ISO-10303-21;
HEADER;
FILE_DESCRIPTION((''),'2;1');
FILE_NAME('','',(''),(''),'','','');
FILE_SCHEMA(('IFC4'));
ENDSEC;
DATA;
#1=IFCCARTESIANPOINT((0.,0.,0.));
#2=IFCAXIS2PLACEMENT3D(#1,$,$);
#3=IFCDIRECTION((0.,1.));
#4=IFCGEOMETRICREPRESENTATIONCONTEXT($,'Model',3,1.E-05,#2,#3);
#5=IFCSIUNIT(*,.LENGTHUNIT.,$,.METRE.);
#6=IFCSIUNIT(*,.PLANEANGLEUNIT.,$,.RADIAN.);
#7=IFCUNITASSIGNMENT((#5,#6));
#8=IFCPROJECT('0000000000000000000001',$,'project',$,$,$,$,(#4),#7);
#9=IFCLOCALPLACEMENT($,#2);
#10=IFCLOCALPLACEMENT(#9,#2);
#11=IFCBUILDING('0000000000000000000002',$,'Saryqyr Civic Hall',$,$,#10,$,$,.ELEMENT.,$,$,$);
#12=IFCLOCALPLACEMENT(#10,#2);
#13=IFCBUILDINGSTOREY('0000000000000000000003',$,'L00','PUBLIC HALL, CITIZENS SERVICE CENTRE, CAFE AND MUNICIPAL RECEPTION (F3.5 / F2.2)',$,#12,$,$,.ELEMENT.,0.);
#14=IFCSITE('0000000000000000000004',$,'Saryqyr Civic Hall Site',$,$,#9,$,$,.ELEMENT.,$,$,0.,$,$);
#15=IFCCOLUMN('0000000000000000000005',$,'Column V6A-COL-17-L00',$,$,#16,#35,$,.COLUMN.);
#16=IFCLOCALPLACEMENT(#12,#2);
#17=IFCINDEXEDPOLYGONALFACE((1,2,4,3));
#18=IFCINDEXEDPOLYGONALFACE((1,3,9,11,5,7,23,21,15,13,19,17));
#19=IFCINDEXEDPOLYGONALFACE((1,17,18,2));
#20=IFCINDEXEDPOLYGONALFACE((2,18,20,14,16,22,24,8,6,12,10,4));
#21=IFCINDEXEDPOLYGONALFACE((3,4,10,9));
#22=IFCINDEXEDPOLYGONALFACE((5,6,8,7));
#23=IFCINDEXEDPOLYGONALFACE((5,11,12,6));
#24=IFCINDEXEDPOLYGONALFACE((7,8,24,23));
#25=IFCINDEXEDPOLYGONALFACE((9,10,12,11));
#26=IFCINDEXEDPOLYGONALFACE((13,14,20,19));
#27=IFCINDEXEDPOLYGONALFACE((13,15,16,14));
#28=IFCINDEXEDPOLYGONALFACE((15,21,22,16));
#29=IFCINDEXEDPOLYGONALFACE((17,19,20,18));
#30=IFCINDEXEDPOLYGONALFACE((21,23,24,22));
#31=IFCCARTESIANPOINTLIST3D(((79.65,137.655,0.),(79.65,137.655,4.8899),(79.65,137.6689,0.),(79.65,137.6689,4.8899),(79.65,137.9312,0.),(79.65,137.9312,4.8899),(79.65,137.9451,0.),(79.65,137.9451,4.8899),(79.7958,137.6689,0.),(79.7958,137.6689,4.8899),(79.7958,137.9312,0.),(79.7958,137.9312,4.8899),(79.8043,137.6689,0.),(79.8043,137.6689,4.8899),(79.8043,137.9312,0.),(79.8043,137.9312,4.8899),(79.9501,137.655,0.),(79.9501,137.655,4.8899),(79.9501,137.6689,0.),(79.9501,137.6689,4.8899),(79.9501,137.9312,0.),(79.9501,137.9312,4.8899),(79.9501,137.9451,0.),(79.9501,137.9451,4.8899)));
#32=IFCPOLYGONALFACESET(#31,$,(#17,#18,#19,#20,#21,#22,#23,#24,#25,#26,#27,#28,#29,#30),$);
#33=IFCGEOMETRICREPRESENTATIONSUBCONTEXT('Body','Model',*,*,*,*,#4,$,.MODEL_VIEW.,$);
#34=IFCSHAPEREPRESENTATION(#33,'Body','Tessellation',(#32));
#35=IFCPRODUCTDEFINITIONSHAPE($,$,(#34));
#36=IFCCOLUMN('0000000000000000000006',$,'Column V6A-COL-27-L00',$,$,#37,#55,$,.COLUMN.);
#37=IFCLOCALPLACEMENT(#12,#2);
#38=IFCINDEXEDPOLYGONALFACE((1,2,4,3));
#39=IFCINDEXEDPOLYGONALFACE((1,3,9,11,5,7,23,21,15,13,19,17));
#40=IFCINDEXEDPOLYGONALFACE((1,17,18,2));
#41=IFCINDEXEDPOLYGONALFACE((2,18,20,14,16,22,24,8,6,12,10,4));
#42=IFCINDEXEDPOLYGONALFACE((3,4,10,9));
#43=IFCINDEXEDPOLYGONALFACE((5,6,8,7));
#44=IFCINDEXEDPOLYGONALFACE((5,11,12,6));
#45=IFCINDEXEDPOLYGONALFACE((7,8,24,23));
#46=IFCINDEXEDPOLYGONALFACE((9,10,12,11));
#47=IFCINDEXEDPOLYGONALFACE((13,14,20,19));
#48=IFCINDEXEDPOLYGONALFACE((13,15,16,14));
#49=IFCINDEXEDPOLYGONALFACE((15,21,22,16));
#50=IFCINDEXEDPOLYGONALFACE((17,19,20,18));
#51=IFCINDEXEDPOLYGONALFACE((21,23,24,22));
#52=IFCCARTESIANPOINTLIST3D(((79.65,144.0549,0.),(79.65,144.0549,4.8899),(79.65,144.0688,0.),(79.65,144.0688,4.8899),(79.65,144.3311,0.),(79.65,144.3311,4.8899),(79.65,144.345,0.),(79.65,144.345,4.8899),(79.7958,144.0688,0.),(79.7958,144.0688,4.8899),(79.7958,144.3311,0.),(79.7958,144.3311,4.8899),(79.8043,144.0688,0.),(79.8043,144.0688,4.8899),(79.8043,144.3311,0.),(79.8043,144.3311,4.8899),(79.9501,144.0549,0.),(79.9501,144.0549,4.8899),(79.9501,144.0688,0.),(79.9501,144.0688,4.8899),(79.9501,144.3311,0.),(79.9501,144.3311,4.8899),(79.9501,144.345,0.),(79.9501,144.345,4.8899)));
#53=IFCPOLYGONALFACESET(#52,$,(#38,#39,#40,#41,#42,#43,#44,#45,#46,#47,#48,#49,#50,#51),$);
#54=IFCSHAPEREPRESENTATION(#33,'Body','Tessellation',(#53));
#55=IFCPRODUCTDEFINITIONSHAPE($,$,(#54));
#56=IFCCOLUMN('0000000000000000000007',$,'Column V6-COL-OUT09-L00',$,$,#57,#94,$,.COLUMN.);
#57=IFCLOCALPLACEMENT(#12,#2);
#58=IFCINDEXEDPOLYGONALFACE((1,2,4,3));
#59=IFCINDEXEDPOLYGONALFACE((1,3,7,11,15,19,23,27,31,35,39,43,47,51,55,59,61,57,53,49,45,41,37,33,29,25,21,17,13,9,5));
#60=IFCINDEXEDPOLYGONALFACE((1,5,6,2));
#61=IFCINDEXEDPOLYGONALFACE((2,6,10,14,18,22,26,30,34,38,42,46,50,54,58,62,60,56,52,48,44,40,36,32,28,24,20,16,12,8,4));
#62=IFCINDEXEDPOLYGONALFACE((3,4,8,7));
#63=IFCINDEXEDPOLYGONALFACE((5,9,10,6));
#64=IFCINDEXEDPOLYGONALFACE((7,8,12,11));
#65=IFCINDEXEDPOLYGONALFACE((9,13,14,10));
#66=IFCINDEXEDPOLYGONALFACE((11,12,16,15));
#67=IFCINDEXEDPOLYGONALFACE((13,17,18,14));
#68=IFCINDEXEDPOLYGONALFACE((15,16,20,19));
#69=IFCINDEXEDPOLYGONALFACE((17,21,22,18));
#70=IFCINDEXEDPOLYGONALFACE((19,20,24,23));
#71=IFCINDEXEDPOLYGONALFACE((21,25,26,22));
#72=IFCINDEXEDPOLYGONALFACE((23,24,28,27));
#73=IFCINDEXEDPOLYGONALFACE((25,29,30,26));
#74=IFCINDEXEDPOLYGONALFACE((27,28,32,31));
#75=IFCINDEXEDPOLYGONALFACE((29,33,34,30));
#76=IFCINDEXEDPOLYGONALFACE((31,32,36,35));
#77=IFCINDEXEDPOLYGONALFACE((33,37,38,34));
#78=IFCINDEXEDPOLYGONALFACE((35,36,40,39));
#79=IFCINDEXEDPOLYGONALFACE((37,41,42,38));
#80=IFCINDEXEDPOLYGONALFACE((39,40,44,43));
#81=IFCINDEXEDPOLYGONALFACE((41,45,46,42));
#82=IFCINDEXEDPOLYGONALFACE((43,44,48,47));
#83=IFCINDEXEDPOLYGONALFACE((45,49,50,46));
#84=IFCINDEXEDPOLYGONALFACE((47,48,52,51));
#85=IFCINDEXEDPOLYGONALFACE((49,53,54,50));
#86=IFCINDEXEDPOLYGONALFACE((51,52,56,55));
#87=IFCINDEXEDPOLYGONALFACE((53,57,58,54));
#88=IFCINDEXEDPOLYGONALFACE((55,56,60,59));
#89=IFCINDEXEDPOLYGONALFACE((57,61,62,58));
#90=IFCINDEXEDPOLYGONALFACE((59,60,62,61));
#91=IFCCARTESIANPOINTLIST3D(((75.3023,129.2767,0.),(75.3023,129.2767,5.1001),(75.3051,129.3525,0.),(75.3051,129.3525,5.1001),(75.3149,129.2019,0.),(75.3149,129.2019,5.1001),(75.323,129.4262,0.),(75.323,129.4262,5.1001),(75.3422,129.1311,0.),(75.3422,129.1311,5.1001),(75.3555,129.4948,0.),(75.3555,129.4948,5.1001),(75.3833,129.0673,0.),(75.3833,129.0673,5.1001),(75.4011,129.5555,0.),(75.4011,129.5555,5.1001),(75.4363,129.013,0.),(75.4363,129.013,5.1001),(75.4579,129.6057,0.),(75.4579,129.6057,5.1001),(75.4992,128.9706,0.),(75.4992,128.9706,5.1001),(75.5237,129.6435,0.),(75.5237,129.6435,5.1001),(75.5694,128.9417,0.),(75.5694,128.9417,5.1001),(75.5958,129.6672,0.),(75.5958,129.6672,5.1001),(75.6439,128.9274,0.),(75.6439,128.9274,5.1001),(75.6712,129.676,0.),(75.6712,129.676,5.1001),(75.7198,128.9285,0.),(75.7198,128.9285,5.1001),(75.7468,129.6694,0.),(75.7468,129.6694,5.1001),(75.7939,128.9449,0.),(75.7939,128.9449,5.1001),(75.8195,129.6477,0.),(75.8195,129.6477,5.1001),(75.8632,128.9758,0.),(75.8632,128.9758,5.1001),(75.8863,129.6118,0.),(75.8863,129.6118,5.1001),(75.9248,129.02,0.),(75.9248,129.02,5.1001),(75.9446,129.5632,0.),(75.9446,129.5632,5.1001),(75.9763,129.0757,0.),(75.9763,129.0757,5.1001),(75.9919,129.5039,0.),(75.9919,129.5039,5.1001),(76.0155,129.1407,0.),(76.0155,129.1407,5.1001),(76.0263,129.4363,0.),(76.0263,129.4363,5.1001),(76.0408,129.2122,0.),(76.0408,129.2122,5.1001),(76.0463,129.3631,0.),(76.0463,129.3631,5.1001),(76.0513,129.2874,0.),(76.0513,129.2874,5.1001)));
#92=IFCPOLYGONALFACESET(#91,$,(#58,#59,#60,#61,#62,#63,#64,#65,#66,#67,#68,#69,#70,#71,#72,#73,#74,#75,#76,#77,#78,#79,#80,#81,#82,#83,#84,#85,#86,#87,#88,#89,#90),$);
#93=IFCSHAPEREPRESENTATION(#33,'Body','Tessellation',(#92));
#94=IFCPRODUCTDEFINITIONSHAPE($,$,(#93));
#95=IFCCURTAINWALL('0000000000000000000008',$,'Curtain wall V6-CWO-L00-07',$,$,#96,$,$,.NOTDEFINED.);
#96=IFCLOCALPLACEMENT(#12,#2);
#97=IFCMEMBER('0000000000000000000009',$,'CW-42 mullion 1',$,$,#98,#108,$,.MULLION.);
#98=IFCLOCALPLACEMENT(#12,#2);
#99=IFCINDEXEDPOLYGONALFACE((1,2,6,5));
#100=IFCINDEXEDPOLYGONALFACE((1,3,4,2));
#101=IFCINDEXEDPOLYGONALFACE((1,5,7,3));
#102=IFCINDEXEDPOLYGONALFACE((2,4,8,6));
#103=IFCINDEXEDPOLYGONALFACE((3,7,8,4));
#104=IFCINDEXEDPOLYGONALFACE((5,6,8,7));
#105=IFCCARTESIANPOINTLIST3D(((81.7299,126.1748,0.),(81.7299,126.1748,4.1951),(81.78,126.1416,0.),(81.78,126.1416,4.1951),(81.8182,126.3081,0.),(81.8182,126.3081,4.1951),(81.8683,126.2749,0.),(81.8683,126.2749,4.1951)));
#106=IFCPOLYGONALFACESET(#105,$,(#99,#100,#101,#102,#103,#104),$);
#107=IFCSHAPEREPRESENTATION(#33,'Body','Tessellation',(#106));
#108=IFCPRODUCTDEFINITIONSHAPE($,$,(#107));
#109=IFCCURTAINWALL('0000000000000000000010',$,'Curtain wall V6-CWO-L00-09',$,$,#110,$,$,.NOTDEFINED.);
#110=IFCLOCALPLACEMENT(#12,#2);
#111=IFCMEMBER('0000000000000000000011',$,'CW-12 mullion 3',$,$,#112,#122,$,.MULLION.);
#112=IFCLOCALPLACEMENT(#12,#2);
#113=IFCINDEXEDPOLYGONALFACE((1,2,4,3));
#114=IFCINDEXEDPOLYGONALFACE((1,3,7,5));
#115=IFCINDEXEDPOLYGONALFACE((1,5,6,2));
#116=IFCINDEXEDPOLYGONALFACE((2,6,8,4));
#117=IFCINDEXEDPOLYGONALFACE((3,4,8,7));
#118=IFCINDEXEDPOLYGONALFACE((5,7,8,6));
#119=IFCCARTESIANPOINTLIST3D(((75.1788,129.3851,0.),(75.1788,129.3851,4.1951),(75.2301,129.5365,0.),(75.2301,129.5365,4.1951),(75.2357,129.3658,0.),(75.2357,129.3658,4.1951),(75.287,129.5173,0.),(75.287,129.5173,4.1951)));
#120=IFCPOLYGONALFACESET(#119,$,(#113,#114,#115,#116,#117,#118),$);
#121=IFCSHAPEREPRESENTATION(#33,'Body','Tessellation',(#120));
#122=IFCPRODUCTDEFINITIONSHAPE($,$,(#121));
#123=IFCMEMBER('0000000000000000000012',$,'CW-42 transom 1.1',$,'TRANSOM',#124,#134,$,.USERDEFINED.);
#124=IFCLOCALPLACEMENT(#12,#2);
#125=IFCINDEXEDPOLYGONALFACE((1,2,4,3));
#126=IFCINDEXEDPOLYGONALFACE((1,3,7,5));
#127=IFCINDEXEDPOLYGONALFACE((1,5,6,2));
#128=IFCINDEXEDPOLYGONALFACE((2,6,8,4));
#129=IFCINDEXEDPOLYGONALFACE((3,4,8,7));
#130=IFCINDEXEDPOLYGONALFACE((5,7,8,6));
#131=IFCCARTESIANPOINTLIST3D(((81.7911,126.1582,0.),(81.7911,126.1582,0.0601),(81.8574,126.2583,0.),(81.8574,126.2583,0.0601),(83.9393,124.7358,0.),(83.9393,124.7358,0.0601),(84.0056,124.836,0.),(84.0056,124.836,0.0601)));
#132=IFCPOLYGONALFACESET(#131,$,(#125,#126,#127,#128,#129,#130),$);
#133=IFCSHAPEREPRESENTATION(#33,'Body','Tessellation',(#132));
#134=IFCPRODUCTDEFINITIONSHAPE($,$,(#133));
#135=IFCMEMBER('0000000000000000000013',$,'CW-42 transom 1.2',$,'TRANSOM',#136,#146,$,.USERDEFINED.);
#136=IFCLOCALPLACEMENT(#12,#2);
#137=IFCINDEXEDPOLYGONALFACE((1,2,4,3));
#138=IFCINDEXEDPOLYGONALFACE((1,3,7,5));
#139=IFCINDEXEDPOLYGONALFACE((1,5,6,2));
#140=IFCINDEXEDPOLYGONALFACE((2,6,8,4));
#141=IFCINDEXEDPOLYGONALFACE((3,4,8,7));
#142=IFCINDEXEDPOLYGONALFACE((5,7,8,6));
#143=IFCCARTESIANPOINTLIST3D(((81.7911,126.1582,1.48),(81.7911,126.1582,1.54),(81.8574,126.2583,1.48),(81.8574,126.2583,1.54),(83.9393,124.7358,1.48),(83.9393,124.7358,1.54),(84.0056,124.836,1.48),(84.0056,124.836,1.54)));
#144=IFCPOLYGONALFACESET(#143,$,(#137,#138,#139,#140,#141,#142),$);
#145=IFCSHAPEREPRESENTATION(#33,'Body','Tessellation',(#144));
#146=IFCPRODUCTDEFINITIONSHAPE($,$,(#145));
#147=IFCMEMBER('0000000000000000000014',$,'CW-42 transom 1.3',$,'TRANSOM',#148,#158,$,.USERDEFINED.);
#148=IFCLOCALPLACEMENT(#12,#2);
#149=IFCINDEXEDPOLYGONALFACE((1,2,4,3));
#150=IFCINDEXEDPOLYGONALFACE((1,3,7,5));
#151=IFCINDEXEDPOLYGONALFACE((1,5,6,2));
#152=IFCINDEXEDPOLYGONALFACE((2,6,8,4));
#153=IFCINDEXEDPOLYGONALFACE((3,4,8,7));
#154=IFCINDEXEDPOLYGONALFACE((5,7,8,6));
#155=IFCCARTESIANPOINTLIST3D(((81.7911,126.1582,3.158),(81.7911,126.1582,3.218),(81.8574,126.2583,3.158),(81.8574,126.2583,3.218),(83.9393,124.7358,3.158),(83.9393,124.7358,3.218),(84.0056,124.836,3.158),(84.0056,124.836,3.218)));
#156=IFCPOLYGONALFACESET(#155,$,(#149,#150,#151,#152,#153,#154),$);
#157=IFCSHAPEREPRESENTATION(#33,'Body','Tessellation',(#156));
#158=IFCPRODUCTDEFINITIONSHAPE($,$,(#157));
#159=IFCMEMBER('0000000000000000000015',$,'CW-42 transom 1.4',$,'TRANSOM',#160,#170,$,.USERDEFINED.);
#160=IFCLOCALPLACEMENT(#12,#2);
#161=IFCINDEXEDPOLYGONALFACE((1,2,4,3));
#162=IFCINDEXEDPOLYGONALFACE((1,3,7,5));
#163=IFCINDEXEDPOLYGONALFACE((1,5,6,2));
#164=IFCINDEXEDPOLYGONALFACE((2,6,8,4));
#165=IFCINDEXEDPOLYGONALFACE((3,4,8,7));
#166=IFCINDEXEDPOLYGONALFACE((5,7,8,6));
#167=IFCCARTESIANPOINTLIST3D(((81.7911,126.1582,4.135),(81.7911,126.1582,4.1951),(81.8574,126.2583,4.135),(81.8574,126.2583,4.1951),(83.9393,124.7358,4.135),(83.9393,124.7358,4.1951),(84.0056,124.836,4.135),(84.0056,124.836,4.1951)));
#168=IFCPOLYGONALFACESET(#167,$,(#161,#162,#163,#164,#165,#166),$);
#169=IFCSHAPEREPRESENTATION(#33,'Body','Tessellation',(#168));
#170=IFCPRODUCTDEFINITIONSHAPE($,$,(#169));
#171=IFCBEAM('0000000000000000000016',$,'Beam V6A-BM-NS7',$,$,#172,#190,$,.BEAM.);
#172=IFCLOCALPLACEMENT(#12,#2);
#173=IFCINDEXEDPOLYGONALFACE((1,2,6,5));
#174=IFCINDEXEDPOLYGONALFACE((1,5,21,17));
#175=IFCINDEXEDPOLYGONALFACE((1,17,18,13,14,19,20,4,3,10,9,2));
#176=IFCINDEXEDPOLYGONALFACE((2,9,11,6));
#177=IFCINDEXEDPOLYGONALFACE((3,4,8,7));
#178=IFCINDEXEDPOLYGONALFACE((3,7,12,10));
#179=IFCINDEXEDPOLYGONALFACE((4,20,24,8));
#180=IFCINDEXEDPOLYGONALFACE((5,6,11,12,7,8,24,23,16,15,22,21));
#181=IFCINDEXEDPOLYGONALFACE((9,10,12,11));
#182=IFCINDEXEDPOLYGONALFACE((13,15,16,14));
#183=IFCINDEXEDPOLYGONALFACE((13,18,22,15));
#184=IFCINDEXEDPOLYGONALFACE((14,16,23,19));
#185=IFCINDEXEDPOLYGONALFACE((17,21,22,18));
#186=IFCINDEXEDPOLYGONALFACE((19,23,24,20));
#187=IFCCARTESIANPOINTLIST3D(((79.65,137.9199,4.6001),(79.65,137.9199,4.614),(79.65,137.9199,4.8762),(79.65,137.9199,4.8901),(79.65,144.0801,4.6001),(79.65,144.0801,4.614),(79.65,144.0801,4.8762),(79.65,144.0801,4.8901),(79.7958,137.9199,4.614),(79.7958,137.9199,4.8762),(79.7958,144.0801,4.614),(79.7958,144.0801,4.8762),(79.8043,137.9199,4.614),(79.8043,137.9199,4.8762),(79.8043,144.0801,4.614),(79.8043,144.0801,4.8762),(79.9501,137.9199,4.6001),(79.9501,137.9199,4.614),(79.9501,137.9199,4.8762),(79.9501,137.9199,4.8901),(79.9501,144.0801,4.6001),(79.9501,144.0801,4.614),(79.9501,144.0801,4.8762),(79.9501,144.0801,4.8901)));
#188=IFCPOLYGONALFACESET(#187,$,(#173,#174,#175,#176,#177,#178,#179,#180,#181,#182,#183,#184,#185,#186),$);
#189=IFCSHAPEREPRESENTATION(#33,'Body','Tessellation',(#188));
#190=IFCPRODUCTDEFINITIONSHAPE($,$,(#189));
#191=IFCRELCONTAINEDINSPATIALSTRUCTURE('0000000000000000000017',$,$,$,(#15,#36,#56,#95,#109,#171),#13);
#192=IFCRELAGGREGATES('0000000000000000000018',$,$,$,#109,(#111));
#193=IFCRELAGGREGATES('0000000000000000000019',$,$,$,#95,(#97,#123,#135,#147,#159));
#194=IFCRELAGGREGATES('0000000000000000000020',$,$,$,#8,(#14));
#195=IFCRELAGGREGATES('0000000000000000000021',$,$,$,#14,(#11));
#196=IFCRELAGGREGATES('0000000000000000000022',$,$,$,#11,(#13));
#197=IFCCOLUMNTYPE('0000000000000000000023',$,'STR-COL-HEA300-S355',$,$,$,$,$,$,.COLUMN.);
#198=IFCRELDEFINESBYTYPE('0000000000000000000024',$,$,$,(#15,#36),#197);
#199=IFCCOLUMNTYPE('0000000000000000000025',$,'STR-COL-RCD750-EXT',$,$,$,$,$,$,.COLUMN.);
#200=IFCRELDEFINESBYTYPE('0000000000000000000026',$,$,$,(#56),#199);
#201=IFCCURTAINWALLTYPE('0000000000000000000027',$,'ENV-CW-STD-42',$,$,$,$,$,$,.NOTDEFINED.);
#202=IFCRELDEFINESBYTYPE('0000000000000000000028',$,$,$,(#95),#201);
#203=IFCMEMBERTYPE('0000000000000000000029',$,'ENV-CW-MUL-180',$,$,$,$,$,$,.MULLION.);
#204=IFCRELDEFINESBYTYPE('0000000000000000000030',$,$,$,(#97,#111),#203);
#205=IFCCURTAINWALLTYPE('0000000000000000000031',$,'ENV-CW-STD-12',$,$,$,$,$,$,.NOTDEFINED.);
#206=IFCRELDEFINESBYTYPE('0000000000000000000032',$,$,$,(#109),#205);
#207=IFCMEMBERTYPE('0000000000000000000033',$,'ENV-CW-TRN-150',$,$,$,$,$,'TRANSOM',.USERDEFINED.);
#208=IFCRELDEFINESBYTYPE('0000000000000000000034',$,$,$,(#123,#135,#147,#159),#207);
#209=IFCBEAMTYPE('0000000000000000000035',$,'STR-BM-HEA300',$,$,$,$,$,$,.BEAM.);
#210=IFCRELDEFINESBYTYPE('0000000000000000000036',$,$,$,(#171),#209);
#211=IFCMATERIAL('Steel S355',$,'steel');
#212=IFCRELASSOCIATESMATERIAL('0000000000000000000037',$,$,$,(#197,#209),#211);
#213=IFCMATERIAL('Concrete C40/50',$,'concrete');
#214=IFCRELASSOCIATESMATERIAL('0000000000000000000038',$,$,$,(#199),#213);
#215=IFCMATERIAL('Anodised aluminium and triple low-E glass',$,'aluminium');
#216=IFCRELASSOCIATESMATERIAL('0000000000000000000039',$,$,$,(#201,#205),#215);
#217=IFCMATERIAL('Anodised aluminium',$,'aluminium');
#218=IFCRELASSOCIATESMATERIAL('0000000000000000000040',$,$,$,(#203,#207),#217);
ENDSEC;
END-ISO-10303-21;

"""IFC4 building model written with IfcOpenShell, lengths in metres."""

from ifc_helpers import new_model, si_unit, direction, frame, origin, origin_2d, place, context, subcontext, project, spatial, rectangle, circle, i_section, extrude, material, material_profile, profile_set, type_object, element, aggregate, save


model = new_model("IFC4")

# Units and contexts
model_context = context("Model", 3, precision=1e-05, world=origin(), true_north=direction((0.0, 1.0)))
body_context = subcontext(model_context, "Body", "Model", "MODEL_VIEW")
ifc_project = project(units=[si_unit("LENGTHUNIT", "METRE"), si_unit("PLANEANGLEUNIT", "RADIAN")], contexts=[model_context])

# Site, building, storey
site_placement = place(None, origin())
site = spatial("IfcSite", under=ifc_project, at=site_placement, Name="Saryqyr Civic Hall Site", CompositionType="ELEMENT", RefElevation=0.0)
building_placement = place(site_placement, origin())
building = spatial("IfcBuilding", under=site, at=building_placement, Name="Saryqyr Civic Hall", CompositionType="ELEMENT")
storey_placement = place(building_placement, origin())
storey = spatial("IfcBuildingStorey", under=building, at=storey_placement, Name="L00", Description="PUBLIC HALL, CITIZENS SERVICE CENTRE, CAFE AND MUNICIPAL RECEPTION (F3.5 / F2.2)", CompositionType="ELEMENT", Elevation=0.0)

# Columns
ifc_material_1 = material(Name="Steel S355", Category="steel")
ifc_material_profile_1 = material_profile(ifc_material_1, i_section(OverallWidth=0.3, OverallDepth=0.29, WebThickness=0.0085, FlangeThickness=0.0139, at=origin_2d()), Name="HEA 300")
ifc_profile_set_1 = profile_set([ifc_material_profile_1], Name="Steel S355")
column_type_1 = type_object("IfcColumnType", Name="STR-COL-HEA300-S355", PredefinedType="COLUMN", material=ifc_profile_set_1)
for number, where, z_axis, x_axis, name in (
    (1, (79.8, 137.8, 0.0), (0.0, 0.0, 1.0), (1.0, 0.0, 0.0), "Column V6A-COL-17-L00"),
    (2, (79.8, 144.2, 0.0), (0.0, 0.0, 1.0), (1.0, 0.0, 0.0), "Column V6A-COL-27-L00"),
):
    element("IfcColumn", number, at=place(storey_placement, frame(where, z_axis=z_axis, x_axis=x_axis)), inside=storey, type_object=column_type_1, Name=name, PredefinedType="COLUMN", context=body_context, shape_type="SweptSolid", body=[
        extrude(i_section(OverallWidth=0.3, OverallDepth=0.29, WebThickness=0.0085, FlangeThickness=0.0139, at=origin_2d()), origin(), (0.0, 0.0, 1.0), 4.8899),
    ])
ifc_material_2 = material(Name="Concrete C40/50", Category="concrete")
ifc_material_profile_2 = material_profile(ifc_material_2, circle(Radius=0.375, at=origin_2d()), Name="RC D750")
ifc_profile_set_2 = profile_set([ifc_material_profile_2], Name="Concrete C40/50")
column_type_2 = type_object("IfcColumnType", Name="STR-COL-RCD750-EXT", PredefinedType="COLUMN", material=ifc_profile_set_2)
for number, where, z_axis, x_axis, name in (
    (3, (75.6765, 129.301, 0.0), (0.0, 0.0, 1.0), (0.381232, 0.92448, 0.0), "Column V6-COL-OUT09-L00"),
):
    element("IfcColumn", number, at=place(storey_placement, frame(where, z_axis=z_axis, x_axis=x_axis)), inside=storey, type_object=column_type_2, Name=name, PredefinedType="COLUMN", context=body_context, shape_type="SweptSolid", body=[
        extrude(circle(Radius=0.375, at=origin_2d()), origin(), (0.0, 0.0, 1.0), 5.1001),
    ])

# Curtain walls, members
ifc_material_3 = material(Name="Anodised aluminium and triple low-E glass", Category="aluminium")
curtain_wall_type_1 = type_object("IfcCurtainWallType", Name="ENV-CW-STD-42", PredefinedType="NOTDEFINED", material=ifc_material_3)
curtain_wall_1_placement = place(storey_placement, origin())
curtain_wall_1 = element("IfcCurtainWall", 4, at=curtain_wall_1_placement, inside=storey, type_object=curtain_wall_type_1, Name="Curtain wall V6-CWO-L00-07", PredefinedType="NOTDEFINED")
ifc_material_4 = material(Name="Anodised aluminium", Category="aluminium")
ifc_material_profile_3 = material_profile(ifc_material_4, rectangle(XDim=0.0601, YDim=0.1599, at=origin_2d()), Name="ALU MULLION 60x160")
ifc_profile_set_3 = profile_set([ifc_material_profile_3], Name="Anodised aluminium")
member_type_1 = type_object("IfcMemberType", Name="ENV-CW-MUL-180", PredefinedType="MULLION", material=ifc_profile_set_3)
member_1_placement = place(storey_placement, frame((81.7991, 126.2249, 0.0), z_axis=(0.0, 0.0, 1.0), x_axis=(0.833763, -0.552123, 0.0)))
member_1 = element("IfcMember", 5, at=member_1_placement, type_object=member_type_1, Name="CW-42 mullion 1", PredefinedType="MULLION", context=body_context, shape_type="SweptSolid", body=[
    extrude(rectangle(XDim=0.0601, YDim=0.1599, at=origin_2d()), origin(), (0.0, 0.0, 1.0), 4.1951),
])
curtain_wall_type_2 = type_object("IfcCurtainWallType", Name="ENV-CW-STD-12", PredefinedType="NOTDEFINED", material=ifc_material_3)
curtain_wall_2_placement = place(storey_placement, origin())
curtain_wall_2 = element("IfcCurtainWall", 6, at=curtain_wall_2_placement, inside=storey, type_object=curtain_wall_type_2, Name="Curtain wall V6-CWO-L00-09", PredefinedType="NOTDEFINED")
member_2_placement = place(storey_placement, frame((75.2329, 129.4512, 0.0), z_axis=(0.0, 0.0, 1.0), x_axis=(0.947191, -0.32067, 0.0)))
member_2 = element("IfcMember", 7, at=member_2_placement, type_object=member_type_1, Name="CW-12 mullion 3", PredefinedType="MULLION", context=body_context, shape_type="SweptSolid", body=[
    extrude(rectangle(XDim=0.0601, YDim=0.1599, at=origin_2d()), origin(), (0.0, 0.0, 1.0), 4.1951),
])
aggregate(curtain_wall_2, [member_2])

# Members
ifc_material_profile_4 = material_profile(ifc_material_4, rectangle(XDim=0.1201, YDim=0.0601, at=origin_2d()), Name="ALU TRANSOM 120x60")
ifc_profile_set_4 = profile_set([ifc_material_profile_4], Name="Anodised aluminium")
member_type_2 = type_object("IfcMemberType", Name="ENV-CW-TRN-150", ElementType="TRANSOM", PredefinedType="USERDEFINED", material=ifc_profile_set_4)
member_3_placement = place(storey_placement, frame((81.8242, 126.2083, 0.03), z_axis=(0.833796, -0.552073, 0.0), x_axis=(0.552073, 0.833796, 0.0)))
member_3 = element("IfcMember", 8, at=member_3_placement, type_object=member_type_2, Name="CW-42 transom 1.1", ObjectType="TRANSOM", PredefinedType="USERDEFINED", context=body_context, shape_type="SweptSolid", body=[
    extrude(rectangle(XDim=0.1201, YDim=0.0601, at=origin_2d()), origin(), (0.0, 0.0, 1.0), 2.5764),
])
member_4_placement = place(storey_placement, frame((81.8242, 126.2083, 1.51), z_axis=(0.833796, -0.552073, 0.0), x_axis=(0.552073, 0.833796, 0.0)))
member_4 = element("IfcMember", 9, at=member_4_placement, type_object=member_type_2, Name="CW-42 transom 1.2", ObjectType="TRANSOM", PredefinedType="USERDEFINED", context=body_context, shape_type="SweptSolid", body=[
    extrude(rectangle(XDim=0.1201, YDim=0.0601, at=origin_2d()), origin(), (0.0, 0.0, 1.0), 2.5764),
])
member_5_placement = place(storey_placement, frame((81.8242, 126.2083, 3.188), z_axis=(0.833796, -0.552073, 0.0), x_axis=(0.552073, 0.833796, 0.0)))
member_5 = element("IfcMember", 10, at=member_5_placement, type_object=member_type_2, Name="CW-42 transom 1.3", ObjectType="TRANSOM", PredefinedType="USERDEFINED", context=body_context, shape_type="SweptSolid", body=[
    extrude(rectangle(XDim=0.1201, YDim=0.0601, at=origin_2d()), origin(), (0.0, 0.0, 1.0), 2.5764),
])
member_6_placement = place(storey_placement, frame((81.8242, 126.2083, 4.165), z_axis=(0.833796, -0.552073, 0.0), x_axis=(0.552073, 0.833796, 0.0)))
member_6 = element("IfcMember", 11, at=member_6_placement, type_object=member_type_2, Name="CW-42 transom 1.4", ObjectType="TRANSOM", PredefinedType="USERDEFINED", context=body_context, shape_type="SweptSolid", body=[
    extrude(rectangle(XDim=0.1201, YDim=0.0601, at=origin_2d()), origin(), (0.0, 0.0, 1.0), 2.5764),
])

# Beam
ifc_material_profile_5 = material_profile(ifc_material_1, i_section(OverallWidth=0.3, OverallDepth=0.29, WebThickness=0.0085, FlangeThickness=0.0139, at=origin_2d()), Name="HEA 300")
ifc_profile_set_5 = profile_set([ifc_material_profile_5], Name="Steel S355")
beam_type_1 = type_object("IfcBeamType", Name="STR-BM-HEA300", PredefinedType="BEAM", material=ifc_profile_set_5)
beam_1_placement = place(storey_placement, frame((79.8, 137.9199, 4.7451), z_axis=(0.0, 1.0, 0.0), x_axis=(-1.0, 0.0, 0.0)))
element("IfcBeam", 12, at=beam_1_placement, inside=storey, type_object=beam_type_1, Name="Beam V6A-BM-NS7", PredefinedType="BEAM", context=body_context, shape_type="SweptSolid", body=[
    extrude(i_section(OverallWidth=0.3, OverallDepth=0.29, WebThickness=0.0085, FlangeThickness=0.0139, at=origin_2d()), origin(), (0.0, 0.0, 1.0), 6.1602),
])

aggregate(curtain_wall_1, [member_1, member_3, member_4, member_5, member_6])

save(model, "model.ifc")
